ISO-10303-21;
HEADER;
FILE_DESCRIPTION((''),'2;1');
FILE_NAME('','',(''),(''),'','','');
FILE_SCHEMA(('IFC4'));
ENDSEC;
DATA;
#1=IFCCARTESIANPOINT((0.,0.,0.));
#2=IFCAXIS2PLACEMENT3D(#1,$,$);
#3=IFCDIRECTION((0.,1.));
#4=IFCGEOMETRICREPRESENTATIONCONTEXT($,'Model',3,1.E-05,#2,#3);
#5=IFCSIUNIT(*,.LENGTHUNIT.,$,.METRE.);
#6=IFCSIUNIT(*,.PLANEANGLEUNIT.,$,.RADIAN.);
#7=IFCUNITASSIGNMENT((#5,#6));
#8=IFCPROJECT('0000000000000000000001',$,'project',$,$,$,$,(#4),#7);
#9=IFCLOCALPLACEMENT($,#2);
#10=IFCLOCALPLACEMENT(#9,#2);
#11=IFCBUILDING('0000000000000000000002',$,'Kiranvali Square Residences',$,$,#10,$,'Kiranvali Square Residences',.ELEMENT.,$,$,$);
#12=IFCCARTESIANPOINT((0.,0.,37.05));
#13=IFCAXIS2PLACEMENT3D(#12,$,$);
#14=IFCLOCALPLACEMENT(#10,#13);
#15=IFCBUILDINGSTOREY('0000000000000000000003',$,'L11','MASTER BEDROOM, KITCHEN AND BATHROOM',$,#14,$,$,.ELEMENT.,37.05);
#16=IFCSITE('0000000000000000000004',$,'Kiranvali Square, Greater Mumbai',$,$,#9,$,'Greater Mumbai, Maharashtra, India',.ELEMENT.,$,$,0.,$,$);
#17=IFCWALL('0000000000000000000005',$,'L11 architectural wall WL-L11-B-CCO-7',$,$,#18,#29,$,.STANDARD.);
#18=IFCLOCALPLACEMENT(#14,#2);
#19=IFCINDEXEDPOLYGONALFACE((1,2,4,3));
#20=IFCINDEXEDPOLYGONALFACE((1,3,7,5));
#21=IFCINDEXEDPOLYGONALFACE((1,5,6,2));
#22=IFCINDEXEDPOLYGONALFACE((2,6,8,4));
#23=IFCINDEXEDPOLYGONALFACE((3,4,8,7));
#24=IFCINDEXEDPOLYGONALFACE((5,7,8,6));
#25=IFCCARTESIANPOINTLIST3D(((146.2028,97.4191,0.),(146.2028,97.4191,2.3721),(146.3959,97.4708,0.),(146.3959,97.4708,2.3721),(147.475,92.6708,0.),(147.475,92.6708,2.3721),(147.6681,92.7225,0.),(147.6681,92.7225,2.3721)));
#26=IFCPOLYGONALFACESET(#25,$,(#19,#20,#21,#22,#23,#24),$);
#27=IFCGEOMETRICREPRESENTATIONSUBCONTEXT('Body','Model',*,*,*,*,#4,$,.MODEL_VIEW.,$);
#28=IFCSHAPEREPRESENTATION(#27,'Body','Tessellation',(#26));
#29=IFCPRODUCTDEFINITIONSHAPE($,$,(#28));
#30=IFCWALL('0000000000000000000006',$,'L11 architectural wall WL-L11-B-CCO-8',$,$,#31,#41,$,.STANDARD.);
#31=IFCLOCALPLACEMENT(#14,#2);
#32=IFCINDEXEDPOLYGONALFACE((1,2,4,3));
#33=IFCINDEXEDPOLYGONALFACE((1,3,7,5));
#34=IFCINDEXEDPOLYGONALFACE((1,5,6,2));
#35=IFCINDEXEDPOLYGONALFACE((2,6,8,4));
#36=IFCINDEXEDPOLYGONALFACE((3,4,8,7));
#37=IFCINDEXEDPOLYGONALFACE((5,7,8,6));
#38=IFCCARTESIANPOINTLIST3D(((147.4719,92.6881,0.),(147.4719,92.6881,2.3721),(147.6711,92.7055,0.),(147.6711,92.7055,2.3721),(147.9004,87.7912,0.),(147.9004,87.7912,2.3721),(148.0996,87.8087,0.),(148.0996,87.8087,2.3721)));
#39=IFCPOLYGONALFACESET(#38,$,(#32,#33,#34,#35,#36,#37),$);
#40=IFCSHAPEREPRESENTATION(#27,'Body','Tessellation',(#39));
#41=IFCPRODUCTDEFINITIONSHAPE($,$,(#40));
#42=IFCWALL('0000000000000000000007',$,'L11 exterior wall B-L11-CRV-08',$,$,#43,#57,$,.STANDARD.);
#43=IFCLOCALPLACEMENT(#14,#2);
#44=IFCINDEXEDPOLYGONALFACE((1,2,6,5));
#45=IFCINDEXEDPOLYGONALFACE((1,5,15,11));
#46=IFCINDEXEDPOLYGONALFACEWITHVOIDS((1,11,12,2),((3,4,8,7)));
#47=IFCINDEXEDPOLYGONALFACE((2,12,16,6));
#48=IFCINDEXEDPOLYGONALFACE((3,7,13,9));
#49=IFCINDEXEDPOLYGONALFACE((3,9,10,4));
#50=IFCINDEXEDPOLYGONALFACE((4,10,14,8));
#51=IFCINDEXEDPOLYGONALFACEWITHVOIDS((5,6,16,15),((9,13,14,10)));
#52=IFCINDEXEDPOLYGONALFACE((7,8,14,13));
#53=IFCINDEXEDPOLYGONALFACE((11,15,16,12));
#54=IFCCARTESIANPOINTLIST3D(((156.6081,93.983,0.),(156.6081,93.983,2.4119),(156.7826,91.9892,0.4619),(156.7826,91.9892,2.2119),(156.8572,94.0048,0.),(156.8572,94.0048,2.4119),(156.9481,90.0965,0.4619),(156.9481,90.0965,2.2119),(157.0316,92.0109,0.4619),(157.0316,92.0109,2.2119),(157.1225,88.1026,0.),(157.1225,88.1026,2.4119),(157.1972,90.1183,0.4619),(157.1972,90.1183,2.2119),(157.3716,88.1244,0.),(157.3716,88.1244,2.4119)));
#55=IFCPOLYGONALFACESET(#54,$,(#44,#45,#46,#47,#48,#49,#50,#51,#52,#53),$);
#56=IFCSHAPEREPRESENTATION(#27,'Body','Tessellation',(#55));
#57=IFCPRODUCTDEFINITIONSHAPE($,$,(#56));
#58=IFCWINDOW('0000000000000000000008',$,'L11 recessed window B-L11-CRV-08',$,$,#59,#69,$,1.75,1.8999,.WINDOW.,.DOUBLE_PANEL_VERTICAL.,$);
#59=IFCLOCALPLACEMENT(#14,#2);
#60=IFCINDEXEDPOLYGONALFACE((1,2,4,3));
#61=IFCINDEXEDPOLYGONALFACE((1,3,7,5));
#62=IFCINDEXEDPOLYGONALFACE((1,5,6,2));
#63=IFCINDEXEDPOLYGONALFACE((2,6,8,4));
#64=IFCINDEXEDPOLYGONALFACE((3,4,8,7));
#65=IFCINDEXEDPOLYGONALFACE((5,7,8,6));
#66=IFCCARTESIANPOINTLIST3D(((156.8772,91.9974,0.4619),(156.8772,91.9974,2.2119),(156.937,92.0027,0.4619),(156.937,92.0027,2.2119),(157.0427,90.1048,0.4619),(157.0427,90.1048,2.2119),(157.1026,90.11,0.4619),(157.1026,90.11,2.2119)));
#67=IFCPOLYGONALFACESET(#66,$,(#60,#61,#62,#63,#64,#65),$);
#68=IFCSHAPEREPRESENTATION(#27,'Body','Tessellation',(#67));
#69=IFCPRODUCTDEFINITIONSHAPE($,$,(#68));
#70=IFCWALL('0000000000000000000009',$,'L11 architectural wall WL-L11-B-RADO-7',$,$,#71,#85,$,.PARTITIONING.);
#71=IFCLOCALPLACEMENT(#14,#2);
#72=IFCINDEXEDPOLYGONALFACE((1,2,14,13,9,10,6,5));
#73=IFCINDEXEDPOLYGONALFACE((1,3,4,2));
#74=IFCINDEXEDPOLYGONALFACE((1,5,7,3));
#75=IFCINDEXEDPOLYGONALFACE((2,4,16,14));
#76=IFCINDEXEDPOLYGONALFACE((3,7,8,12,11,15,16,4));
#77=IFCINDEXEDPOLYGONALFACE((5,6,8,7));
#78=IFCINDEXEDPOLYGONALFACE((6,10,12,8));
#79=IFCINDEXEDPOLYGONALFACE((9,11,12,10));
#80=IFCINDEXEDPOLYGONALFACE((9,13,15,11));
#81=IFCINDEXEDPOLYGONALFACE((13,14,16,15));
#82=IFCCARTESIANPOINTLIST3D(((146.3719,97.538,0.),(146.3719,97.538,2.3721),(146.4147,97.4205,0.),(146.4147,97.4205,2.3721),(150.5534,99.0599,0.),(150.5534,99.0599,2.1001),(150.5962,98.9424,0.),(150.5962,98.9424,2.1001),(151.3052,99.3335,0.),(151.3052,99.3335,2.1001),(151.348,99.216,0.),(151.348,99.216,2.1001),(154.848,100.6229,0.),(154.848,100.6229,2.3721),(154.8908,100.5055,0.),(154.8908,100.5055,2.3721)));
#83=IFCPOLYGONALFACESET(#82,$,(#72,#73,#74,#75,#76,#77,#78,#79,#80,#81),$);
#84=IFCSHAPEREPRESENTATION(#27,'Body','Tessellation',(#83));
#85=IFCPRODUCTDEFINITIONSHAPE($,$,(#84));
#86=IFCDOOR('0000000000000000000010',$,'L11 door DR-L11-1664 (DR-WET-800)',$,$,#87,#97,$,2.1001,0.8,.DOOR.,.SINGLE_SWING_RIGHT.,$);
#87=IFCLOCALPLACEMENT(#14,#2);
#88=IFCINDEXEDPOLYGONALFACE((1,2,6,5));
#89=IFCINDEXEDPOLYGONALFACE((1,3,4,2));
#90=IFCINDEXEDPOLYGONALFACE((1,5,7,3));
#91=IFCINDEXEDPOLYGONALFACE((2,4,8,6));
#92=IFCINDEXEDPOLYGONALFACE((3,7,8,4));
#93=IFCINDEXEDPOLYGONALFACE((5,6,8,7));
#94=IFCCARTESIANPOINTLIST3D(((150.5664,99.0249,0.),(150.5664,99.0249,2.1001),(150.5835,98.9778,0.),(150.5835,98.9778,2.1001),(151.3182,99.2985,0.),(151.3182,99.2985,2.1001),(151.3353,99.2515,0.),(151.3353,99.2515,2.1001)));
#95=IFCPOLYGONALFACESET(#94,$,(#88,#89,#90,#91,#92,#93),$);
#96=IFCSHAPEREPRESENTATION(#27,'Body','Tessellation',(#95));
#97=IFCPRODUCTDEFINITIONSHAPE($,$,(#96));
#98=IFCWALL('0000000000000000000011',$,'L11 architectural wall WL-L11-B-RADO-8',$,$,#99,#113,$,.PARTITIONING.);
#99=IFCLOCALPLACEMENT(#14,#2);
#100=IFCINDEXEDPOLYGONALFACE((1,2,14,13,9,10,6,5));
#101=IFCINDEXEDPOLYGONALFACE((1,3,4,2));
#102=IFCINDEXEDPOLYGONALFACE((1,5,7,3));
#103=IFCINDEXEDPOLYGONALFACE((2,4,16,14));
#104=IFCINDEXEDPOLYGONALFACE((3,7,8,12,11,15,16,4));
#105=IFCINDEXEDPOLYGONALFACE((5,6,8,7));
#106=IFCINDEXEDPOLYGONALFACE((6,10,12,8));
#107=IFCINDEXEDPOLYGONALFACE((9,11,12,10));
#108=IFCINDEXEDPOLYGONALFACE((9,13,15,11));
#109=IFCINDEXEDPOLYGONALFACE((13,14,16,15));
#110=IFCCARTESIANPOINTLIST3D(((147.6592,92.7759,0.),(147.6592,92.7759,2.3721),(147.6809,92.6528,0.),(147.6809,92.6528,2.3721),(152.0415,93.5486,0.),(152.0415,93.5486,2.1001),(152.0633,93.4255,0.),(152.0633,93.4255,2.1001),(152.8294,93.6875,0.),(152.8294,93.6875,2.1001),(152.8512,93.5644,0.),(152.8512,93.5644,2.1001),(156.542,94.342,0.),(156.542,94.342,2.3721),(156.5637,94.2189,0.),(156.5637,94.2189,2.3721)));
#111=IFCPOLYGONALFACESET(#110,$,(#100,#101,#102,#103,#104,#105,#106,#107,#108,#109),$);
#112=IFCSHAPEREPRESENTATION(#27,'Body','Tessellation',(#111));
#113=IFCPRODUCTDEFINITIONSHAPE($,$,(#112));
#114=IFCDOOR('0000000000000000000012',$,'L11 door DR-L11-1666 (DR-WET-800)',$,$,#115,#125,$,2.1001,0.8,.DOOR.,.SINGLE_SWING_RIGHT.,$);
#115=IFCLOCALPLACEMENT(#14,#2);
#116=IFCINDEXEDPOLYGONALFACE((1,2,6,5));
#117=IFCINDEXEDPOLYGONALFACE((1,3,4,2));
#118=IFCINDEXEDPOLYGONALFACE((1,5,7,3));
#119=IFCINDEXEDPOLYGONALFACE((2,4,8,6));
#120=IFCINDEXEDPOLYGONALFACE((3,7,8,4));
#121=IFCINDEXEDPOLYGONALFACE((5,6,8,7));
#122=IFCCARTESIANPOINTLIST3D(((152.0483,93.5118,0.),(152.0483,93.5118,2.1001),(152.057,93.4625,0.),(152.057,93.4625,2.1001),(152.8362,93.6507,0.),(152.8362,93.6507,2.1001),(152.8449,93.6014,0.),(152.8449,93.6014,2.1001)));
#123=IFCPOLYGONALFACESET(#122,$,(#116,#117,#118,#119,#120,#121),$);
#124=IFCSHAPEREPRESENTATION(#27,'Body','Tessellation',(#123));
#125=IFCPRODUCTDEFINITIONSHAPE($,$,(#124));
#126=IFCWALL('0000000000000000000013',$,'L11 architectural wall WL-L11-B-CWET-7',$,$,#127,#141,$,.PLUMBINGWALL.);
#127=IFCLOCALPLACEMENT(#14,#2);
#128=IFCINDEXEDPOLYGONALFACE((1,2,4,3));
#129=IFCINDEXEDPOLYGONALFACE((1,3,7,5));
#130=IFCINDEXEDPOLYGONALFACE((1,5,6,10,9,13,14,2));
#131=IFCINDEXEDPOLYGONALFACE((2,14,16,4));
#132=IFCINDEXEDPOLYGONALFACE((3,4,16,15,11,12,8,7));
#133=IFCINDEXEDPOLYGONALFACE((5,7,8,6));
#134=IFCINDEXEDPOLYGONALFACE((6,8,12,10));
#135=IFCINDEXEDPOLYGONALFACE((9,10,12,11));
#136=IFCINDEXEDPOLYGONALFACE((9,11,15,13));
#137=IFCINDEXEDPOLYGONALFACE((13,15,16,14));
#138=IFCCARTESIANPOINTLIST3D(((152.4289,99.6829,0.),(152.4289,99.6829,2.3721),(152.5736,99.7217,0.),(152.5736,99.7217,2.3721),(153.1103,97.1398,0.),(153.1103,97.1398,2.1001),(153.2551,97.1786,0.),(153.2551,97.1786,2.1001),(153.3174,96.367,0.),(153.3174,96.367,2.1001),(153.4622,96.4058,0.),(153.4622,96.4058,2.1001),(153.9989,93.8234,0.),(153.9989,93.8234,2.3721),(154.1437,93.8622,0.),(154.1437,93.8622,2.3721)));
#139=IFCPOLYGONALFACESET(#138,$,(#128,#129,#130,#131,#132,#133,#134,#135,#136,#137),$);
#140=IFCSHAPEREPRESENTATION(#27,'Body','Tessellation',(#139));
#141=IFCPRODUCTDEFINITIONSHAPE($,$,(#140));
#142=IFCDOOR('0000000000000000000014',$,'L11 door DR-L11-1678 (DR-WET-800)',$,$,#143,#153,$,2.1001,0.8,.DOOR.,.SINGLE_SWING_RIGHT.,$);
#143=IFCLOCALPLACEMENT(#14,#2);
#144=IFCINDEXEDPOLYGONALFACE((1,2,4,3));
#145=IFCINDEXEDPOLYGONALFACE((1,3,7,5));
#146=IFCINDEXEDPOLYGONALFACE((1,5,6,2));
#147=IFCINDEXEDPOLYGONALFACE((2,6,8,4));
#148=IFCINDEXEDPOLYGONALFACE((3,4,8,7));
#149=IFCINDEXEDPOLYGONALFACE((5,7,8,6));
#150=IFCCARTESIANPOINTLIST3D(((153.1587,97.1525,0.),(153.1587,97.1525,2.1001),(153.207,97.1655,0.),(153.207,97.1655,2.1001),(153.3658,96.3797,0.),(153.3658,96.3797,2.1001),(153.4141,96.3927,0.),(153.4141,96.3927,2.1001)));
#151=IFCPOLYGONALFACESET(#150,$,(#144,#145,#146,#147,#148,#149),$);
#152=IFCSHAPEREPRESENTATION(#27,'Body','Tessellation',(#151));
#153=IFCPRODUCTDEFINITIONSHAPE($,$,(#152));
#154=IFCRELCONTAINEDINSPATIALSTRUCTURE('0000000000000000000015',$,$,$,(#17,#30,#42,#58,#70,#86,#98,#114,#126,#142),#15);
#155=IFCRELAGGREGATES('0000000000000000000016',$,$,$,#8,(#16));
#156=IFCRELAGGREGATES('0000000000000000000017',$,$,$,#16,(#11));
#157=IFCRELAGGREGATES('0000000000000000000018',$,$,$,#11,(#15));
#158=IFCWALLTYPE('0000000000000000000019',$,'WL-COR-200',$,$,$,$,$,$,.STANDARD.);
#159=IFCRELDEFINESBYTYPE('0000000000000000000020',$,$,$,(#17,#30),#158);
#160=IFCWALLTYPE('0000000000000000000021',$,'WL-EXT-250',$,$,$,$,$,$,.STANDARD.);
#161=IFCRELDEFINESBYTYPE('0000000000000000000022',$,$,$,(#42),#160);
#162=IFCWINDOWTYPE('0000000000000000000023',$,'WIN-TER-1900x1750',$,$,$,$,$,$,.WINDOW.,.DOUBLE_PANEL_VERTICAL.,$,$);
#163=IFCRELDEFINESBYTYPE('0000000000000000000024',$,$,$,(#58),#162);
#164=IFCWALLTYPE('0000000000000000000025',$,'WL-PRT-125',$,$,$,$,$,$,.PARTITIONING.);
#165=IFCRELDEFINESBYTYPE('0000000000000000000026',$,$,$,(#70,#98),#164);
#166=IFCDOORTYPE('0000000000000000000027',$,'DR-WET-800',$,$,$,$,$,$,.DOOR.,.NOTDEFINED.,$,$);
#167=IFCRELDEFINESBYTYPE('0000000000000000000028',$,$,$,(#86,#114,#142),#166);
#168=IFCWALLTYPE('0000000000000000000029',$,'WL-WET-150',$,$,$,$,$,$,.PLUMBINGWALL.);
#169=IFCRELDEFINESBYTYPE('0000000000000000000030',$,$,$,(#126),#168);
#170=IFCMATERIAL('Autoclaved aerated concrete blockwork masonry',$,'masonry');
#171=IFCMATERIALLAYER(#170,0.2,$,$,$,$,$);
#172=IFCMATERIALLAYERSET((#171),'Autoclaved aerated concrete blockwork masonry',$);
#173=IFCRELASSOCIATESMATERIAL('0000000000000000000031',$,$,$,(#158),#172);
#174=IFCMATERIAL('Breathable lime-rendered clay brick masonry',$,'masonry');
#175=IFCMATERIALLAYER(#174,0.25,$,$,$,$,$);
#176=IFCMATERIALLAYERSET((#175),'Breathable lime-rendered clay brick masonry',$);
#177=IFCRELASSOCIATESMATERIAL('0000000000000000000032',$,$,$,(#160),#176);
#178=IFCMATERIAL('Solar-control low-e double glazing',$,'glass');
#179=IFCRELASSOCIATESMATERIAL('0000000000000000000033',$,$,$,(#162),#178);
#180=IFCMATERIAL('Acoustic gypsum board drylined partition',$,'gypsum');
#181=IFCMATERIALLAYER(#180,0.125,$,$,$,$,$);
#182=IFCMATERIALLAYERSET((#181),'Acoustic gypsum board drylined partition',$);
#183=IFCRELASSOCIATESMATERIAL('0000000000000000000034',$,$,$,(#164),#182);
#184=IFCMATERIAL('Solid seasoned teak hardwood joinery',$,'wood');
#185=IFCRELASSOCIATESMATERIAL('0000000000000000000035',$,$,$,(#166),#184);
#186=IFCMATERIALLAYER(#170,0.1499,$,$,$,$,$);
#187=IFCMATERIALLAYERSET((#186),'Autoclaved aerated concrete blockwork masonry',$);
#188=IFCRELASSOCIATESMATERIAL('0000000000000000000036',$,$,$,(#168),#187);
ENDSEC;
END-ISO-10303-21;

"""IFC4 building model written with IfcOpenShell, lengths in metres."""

from ifc_helpers import new_model, si_unit, direction, frame, frame_2d, origin, place, context, subcontext, project, spatial, rectangle, extrude, material, layer, layer_set, type_object, element, fill, save


model = new_model("IFC4")

# Units and contexts
model_context = context("Model", 3, precision=1e-05, world=origin(), true_north=direction((0.0, 1.0)))
body_context = subcontext(model_context, "Body", "Model", "MODEL_VIEW")
ifc_project = project(units=[si_unit("LENGTHUNIT", "METRE"), si_unit("PLANEANGLEUNIT", "RADIAN")], contexts=[model_context])

# Site, building, storey
site_placement = place(None, origin())
site = spatial("IfcSite", under=ifc_project, at=site_placement, Name="Kiranvali Square, Greater Mumbai", LongName="Greater Mumbai, Maharashtra, India", CompositionType="ELEMENT", RefElevation=0.0)
building_placement = place(site_placement, origin())
building = spatial("IfcBuilding", under=site, at=building_placement, Name="Kiranvali Square Residences", LongName="Kiranvali Square Residences", CompositionType="ELEMENT")
storey_placement = place(building_placement, frame((0.0, 0.0, 37.05)))
storey = spatial("IfcBuildingStorey", under=building, at=storey_placement, Name="L11", Description="MASTER BEDROOM, KITCHEN AND BATHROOM", CompositionType="ELEMENT", Elevation=37.05)

# Walls
ifc_material_1 = material(Name="Autoclaved aerated concrete blockwork masonry", Category="masonry")
ifc_layer_1 = layer(ifc_material_1, 0.2)
ifc_layer_set_1 = layer_set([ifc_layer_1], Name="Autoclaved aerated concrete blockwork masonry")
wall_type_1 = type_object("IfcWallType", Name="WL-COR-200", PredefinedType="STANDARD", material=ifc_layer_set_1)
wall_1_placement = place(storey_placement, frame((146.2993, 97.4451, 0.0), z_axis=(0.0, 0.0, 1.0), x_axis=(0.258803, -0.96593, 0.0)))
element("IfcWall", 1, at=wall_1_placement, inside=storey, type_object=wall_type_1, Name="L11 architectural wall WL-L11-B-CCO-7", PredefinedType="STANDARD", context=body_context, shape_type="SweptSolid", body=[
    extrude(rectangle(XDim=4.9158, YDim=0.2, at=frame_2d((2.458, 0.0))), origin(), (0.0, 0.0, 1.0), 2.3721),
])
wall_2_placement = place(storey_placement, frame((147.5715, 92.6968, 0.0), z_axis=(0.0, 0.0, 1.0), x_axis=(0.087168, -0.996194, 0.0)))
element("IfcWall", 2, at=wall_2_placement, inside=storey, type_object=wall_type_1, Name="L11 architectural wall WL-L11-B-CCO-8", PredefinedType="STANDARD", context=body_context, shape_type="SweptSolid", body=[
    extrude(rectangle(XDim=4.9155, YDim=0.2, at=frame_2d((2.4578, 0.0))), origin(), (0.0, 0.0, 1.0), 2.3721),
])

# Shared definitions
ifc_material_2 = material(Name="Breathable lime-rendered clay brick masonry", Category="masonry")
ifc_layer_2 = layer(ifc_material_2, 0.25)
ifc_layer_set_2 = layer_set([ifc_layer_2], Name="Breathable lime-rendered clay brick masonry")
wall_type_2 = type_object("IfcWallType", Name="WL-EXT-250", PredefinedType="STANDARD", material=ifc_layer_set_2)
ifc_material_3 = material(Name="Solar-control low-e double glazing", Category="glass")

# Wall, opening, window
wall_3_placement = place(storey_placement, frame((156.7327, 93.9939, 0.0), z_axis=(0.0, 0.0, 1.0), x_axis=(0.087145, -0.996196, 0.0)))
wall_3 = element("IfcWall", 3, at=wall_3_placement, inside=storey, type_object=wall_type_2, Name="L11 exterior wall B-L11-CRV-08", PredefinedType="STANDARD", context=body_context, shape_type="SweptSolid", body=[
    extrude(rectangle(XDim=5.9028, YDim=0.25, at=frame_2d((2.9514, 0.0))), origin(), (0.0, 0.0, 1.0), 2.4119),
])
opening_1_placement = place(wall_3_placement, frame((2.0015, 0.0, 0.4619)))
opening_1 = element("IfcOpeningElement", 4, at=opening_1_placement, cuts=wall_3, PredefinedType="OPENING", context=body_context, shape_type="SweptSolid", body=[
    extrude(rectangle(XDim=1.8999, YDim=1.75, at=frame_2d((0.95, 0.875))), frame((0.0, 0.135, 0.0), z_axis=(0.0, -1.0, 0.0), x_axis=(1.0, 0.0, 0.0)), (0.0, 0.0, 1.0), 0.27),
])
window_type_1 = type_object("IfcWindowType", Name="WIN-TER-1900x1750", PartitioningType="DOUBLE_PANEL_VERTICAL", PredefinedType="WINDOW", material=ifc_material_3)
window_1_placement = place(opening_1_placement, origin())
window_1 = element("IfcWindow", 5, at=window_1_placement, inside=storey, type_object=window_type_1, Name="L11 recessed window B-L11-CRV-08", OverallHeight=1.75, OverallWidth=1.8999, PartitioningType="DOUBLE_PANEL_VERTICAL", PredefinedType="WINDOW", context=body_context, shape_type="SweptSolid", body=[
    extrude(rectangle(XDim=1.8999, YDim=1.75, at=frame_2d((0.95, 0.875))), frame((0.0, 0.03, 0.0), z_axis=(0.0, -1.0, 0.0), x_axis=(1.0, 0.0, 0.0)), (0.0, 0.0, 1.0), 0.0601),
])
fill(opening_1, window_1)

# Walls, openings, doors
ifc_material_4 = material(Name="Acoustic gypsum board drylined partition", Category="gypsum")
ifc_layer_3 = layer(ifc_material_4, 0.125)
ifc_layer_set_3 = layer_set([ifc_layer_3], Name="Acoustic gypsum board drylined partition")
wall_type_3 = type_object("IfcWallType", Name="WL-PRT-125", PredefinedType="PARTITIONING", material=ifc_layer_set_3)
wall_4_placement = place(storey_placement, frame((146.3933, 97.4792, 0.0), z_axis=(0.0, 0.0, 1.0), x_axis=(0.939695, 0.342013, 0.0)))
wall_4 = element("IfcWall", 6, at=wall_4_placement, inside=storey, type_object=wall_type_3, Name="L11 architectural wall WL-L11-B-RADO-7", PredefinedType="PARTITIONING", context=body_context, shape_type="SweptSolid", body=[
    extrude(rectangle(XDim=9.02, YDim=0.125, at=frame_2d((4.51, 0.0))), origin(), (0.0, 0.0, 1.0), 2.3721),
])
opening_2_placement = place(wall_4_placement, frame((4.45, 0.0, 0.0)))
opening_2 = element("IfcOpeningElement", 7, at=opening_2_placement, cuts=wall_4, PredefinedType="OPENING", context=body_context, shape_type="SweptSolid", body=[
    extrude(rectangle(XDim=0.8, YDim=2.1001, at=frame_2d((0.3999, 1.05))), frame((0.0, 0.0725, 0.0), z_axis=(0.0, -1.0, 0.0), x_axis=(1.0, 0.0, 0.0)), (0.0, 0.0, 1.0), 0.145),
])
ifc_material_5 = material(Name="Solid seasoned teak hardwood joinery", Category="wood")
door_type_1 = type_object("IfcDoorType", Name="DR-WET-800", OperationType="NOTDEFINED", PredefinedType="DOOR", material=ifc_material_5)
door_1_placement = place(opening_2_placement, frame((0.8, 0.0, 0.0), z_axis=(0.0, 0.0, 1.0), x_axis=(-1.0, 0.0, 0.0)))
door_1 = element("IfcDoor", 8, at=door_1_placement, inside=storey, type_object=door_type_1, Name="L11 door DR-L11-1664 (DR-WET-800)", OperationType="SINGLE_SWING_RIGHT", OverallHeight=2.1001, OverallWidth=0.8, PredefinedType="DOOR", context=body_context, shape_type="SweptSolid", body=[
    extrude(rectangle(XDim=0.8, YDim=2.1001, at=frame_2d((0.3999, 1.05))), frame((0.0, 0.0249, 0.0), z_axis=(0.0, -1.0, 0.0), x_axis=(1.0, 0.0, 0.0)), (0.0, 0.0, 1.0), 0.05),
])
fill(opening_2, door_1)
wall_5_placement = place(storey_placement, frame((147.6702, 92.7144, 0.0), z_axis=(0.0, 0.0, 1.0), x_axis=(0.98481, 0.173636, 0.0)))
wall_5 = element("IfcWall", 9, at=wall_5_placement, inside=storey, type_object=wall_type_3, Name="L11 architectural wall WL-L11-B-RADO-8", PredefinedType="PARTITIONING", context=body_context, shape_type="SweptSolid", body=[
    extrude(rectangle(XDim=9.0198, YDim=0.125, at=frame_2d((4.5098, 0.0))), origin(), (0.0, 0.0, 1.0), 2.3721),
])
opening_3_placement = place(wall_5_placement, frame((4.45, 0.0, 0.0)))
opening_3 = element("IfcOpeningElement", 10, at=opening_3_placement, cuts=wall_5, PredefinedType="OPENING", context=body_context, shape_type="SweptSolid", body=[
    extrude(rectangle(XDim=0.8, YDim=2.1001, at=frame_2d((0.3999, 1.05))), frame((0.0, 0.0725, 0.0), z_axis=(0.0, -1.0, 0.0), x_axis=(1.0, 0.0, 0.0)), (0.0, 0.0, 1.0), 0.145),
])
door_2_placement = place(opening_3_placement, frame((0.8, 0.0, 0.0), z_axis=(0.0, 0.0, 1.0), x_axis=(-1.0, 0.0, 0.0)))
door_2 = element("IfcDoor", 11, at=door_2_placement, inside=storey, type_object=door_type_1, Name="L11 door DR-L11-1666 (DR-WET-800)", OperationType="SINGLE_SWING_RIGHT", OverallHeight=2.1001, OverallWidth=0.8, PredefinedType="DOOR", context=body_context, shape_type="SweptSolid", body=[
    extrude(rectangle(XDim=0.8, YDim=2.1001, at=frame_2d((0.3999, 1.05))), frame((0.0, 0.0249, 0.0), z_axis=(0.0, -1.0, 0.0), x_axis=(1.0, 0.0, 0.0)), (0.0, 0.0, 1.0), 0.05),
])
fill(opening_3, door_2)
ifc_layer_4 = layer(ifc_material_1, 0.1499)
ifc_layer_set_4 = layer_set([ifc_layer_4], Name="Autoclaved aerated concrete blockwork masonry")
wall_type_4 = type_object("IfcWallType", Name="WL-WET-150", PredefinedType="PLUMBINGWALL", material=ifc_layer_set_4)
wall_6_placement = place(storey_placement, frame((152.5012, 99.7024, 0.0), z_axis=(0.0, 0.0, 1.0), x_axis=(0.258827, -0.965924, 0.0)))
wall_6 = element("IfcWall", 12, at=wall_6_placement, inside=storey, type_object=wall_type_4, Name="L11 architectural wall WL-L11-B-CWET-7", PredefinedType="PLUMBINGWALL", context=body_context, shape_type="SweptSolid", body=[
    extrude(rectangle(XDim=6.0662, YDim=0.1499, at=frame_2d((3.0332, 0.0))), origin(), (0.0, 0.0, 1.0), 2.3721),
])
opening_4_placement = place(wall_6_placement, frame((2.6331, 0.0, 0.0)))
opening_4 = element("IfcOpeningElement", 13, at=opening_4_placement, cuts=wall_6, PredefinedType="OPENING", context=body_context, shape_type="SweptSolid", body=[
    extrude(rectangle(XDim=0.8, YDim=2.1001, at=frame_2d((0.3999, 1.05))), frame((0.0, 0.085, 0.0), z_axis=(0.0, -1.0, 0.0), x_axis=(1.0, 0.0, 0.0)), (0.0, 0.0, 1.0), 0.1699),
])
door_3_placement = place(opening_4_placement, frame((0.8, 0.0, 0.0), z_axis=(0.0, 0.0, 1.0), x_axis=(-1.0, 0.0, 0.0)))
door_3 = element("IfcDoor", 14, at=door_3_placement, inside=storey, type_object=door_type_1, Name="L11 door DR-L11-1678 (DR-WET-800)", OperationType="SINGLE_SWING_RIGHT", OverallHeight=2.1001, OverallWidth=0.8, PredefinedType="DOOR", context=body_context, shape_type="SweptSolid", body=[
    extrude(rectangle(XDim=0.8, YDim=2.1001, at=frame_2d((0.3999, 1.05))), frame((0.0, 0.0249, 0.0), z_axis=(0.0, -1.0, 0.0), x_axis=(1.0, 0.0, 0.0)), (0.0, 0.0, 1.0), 0.05),
])
fill(opening_4, door_3)

save(model, "model.ifc")
